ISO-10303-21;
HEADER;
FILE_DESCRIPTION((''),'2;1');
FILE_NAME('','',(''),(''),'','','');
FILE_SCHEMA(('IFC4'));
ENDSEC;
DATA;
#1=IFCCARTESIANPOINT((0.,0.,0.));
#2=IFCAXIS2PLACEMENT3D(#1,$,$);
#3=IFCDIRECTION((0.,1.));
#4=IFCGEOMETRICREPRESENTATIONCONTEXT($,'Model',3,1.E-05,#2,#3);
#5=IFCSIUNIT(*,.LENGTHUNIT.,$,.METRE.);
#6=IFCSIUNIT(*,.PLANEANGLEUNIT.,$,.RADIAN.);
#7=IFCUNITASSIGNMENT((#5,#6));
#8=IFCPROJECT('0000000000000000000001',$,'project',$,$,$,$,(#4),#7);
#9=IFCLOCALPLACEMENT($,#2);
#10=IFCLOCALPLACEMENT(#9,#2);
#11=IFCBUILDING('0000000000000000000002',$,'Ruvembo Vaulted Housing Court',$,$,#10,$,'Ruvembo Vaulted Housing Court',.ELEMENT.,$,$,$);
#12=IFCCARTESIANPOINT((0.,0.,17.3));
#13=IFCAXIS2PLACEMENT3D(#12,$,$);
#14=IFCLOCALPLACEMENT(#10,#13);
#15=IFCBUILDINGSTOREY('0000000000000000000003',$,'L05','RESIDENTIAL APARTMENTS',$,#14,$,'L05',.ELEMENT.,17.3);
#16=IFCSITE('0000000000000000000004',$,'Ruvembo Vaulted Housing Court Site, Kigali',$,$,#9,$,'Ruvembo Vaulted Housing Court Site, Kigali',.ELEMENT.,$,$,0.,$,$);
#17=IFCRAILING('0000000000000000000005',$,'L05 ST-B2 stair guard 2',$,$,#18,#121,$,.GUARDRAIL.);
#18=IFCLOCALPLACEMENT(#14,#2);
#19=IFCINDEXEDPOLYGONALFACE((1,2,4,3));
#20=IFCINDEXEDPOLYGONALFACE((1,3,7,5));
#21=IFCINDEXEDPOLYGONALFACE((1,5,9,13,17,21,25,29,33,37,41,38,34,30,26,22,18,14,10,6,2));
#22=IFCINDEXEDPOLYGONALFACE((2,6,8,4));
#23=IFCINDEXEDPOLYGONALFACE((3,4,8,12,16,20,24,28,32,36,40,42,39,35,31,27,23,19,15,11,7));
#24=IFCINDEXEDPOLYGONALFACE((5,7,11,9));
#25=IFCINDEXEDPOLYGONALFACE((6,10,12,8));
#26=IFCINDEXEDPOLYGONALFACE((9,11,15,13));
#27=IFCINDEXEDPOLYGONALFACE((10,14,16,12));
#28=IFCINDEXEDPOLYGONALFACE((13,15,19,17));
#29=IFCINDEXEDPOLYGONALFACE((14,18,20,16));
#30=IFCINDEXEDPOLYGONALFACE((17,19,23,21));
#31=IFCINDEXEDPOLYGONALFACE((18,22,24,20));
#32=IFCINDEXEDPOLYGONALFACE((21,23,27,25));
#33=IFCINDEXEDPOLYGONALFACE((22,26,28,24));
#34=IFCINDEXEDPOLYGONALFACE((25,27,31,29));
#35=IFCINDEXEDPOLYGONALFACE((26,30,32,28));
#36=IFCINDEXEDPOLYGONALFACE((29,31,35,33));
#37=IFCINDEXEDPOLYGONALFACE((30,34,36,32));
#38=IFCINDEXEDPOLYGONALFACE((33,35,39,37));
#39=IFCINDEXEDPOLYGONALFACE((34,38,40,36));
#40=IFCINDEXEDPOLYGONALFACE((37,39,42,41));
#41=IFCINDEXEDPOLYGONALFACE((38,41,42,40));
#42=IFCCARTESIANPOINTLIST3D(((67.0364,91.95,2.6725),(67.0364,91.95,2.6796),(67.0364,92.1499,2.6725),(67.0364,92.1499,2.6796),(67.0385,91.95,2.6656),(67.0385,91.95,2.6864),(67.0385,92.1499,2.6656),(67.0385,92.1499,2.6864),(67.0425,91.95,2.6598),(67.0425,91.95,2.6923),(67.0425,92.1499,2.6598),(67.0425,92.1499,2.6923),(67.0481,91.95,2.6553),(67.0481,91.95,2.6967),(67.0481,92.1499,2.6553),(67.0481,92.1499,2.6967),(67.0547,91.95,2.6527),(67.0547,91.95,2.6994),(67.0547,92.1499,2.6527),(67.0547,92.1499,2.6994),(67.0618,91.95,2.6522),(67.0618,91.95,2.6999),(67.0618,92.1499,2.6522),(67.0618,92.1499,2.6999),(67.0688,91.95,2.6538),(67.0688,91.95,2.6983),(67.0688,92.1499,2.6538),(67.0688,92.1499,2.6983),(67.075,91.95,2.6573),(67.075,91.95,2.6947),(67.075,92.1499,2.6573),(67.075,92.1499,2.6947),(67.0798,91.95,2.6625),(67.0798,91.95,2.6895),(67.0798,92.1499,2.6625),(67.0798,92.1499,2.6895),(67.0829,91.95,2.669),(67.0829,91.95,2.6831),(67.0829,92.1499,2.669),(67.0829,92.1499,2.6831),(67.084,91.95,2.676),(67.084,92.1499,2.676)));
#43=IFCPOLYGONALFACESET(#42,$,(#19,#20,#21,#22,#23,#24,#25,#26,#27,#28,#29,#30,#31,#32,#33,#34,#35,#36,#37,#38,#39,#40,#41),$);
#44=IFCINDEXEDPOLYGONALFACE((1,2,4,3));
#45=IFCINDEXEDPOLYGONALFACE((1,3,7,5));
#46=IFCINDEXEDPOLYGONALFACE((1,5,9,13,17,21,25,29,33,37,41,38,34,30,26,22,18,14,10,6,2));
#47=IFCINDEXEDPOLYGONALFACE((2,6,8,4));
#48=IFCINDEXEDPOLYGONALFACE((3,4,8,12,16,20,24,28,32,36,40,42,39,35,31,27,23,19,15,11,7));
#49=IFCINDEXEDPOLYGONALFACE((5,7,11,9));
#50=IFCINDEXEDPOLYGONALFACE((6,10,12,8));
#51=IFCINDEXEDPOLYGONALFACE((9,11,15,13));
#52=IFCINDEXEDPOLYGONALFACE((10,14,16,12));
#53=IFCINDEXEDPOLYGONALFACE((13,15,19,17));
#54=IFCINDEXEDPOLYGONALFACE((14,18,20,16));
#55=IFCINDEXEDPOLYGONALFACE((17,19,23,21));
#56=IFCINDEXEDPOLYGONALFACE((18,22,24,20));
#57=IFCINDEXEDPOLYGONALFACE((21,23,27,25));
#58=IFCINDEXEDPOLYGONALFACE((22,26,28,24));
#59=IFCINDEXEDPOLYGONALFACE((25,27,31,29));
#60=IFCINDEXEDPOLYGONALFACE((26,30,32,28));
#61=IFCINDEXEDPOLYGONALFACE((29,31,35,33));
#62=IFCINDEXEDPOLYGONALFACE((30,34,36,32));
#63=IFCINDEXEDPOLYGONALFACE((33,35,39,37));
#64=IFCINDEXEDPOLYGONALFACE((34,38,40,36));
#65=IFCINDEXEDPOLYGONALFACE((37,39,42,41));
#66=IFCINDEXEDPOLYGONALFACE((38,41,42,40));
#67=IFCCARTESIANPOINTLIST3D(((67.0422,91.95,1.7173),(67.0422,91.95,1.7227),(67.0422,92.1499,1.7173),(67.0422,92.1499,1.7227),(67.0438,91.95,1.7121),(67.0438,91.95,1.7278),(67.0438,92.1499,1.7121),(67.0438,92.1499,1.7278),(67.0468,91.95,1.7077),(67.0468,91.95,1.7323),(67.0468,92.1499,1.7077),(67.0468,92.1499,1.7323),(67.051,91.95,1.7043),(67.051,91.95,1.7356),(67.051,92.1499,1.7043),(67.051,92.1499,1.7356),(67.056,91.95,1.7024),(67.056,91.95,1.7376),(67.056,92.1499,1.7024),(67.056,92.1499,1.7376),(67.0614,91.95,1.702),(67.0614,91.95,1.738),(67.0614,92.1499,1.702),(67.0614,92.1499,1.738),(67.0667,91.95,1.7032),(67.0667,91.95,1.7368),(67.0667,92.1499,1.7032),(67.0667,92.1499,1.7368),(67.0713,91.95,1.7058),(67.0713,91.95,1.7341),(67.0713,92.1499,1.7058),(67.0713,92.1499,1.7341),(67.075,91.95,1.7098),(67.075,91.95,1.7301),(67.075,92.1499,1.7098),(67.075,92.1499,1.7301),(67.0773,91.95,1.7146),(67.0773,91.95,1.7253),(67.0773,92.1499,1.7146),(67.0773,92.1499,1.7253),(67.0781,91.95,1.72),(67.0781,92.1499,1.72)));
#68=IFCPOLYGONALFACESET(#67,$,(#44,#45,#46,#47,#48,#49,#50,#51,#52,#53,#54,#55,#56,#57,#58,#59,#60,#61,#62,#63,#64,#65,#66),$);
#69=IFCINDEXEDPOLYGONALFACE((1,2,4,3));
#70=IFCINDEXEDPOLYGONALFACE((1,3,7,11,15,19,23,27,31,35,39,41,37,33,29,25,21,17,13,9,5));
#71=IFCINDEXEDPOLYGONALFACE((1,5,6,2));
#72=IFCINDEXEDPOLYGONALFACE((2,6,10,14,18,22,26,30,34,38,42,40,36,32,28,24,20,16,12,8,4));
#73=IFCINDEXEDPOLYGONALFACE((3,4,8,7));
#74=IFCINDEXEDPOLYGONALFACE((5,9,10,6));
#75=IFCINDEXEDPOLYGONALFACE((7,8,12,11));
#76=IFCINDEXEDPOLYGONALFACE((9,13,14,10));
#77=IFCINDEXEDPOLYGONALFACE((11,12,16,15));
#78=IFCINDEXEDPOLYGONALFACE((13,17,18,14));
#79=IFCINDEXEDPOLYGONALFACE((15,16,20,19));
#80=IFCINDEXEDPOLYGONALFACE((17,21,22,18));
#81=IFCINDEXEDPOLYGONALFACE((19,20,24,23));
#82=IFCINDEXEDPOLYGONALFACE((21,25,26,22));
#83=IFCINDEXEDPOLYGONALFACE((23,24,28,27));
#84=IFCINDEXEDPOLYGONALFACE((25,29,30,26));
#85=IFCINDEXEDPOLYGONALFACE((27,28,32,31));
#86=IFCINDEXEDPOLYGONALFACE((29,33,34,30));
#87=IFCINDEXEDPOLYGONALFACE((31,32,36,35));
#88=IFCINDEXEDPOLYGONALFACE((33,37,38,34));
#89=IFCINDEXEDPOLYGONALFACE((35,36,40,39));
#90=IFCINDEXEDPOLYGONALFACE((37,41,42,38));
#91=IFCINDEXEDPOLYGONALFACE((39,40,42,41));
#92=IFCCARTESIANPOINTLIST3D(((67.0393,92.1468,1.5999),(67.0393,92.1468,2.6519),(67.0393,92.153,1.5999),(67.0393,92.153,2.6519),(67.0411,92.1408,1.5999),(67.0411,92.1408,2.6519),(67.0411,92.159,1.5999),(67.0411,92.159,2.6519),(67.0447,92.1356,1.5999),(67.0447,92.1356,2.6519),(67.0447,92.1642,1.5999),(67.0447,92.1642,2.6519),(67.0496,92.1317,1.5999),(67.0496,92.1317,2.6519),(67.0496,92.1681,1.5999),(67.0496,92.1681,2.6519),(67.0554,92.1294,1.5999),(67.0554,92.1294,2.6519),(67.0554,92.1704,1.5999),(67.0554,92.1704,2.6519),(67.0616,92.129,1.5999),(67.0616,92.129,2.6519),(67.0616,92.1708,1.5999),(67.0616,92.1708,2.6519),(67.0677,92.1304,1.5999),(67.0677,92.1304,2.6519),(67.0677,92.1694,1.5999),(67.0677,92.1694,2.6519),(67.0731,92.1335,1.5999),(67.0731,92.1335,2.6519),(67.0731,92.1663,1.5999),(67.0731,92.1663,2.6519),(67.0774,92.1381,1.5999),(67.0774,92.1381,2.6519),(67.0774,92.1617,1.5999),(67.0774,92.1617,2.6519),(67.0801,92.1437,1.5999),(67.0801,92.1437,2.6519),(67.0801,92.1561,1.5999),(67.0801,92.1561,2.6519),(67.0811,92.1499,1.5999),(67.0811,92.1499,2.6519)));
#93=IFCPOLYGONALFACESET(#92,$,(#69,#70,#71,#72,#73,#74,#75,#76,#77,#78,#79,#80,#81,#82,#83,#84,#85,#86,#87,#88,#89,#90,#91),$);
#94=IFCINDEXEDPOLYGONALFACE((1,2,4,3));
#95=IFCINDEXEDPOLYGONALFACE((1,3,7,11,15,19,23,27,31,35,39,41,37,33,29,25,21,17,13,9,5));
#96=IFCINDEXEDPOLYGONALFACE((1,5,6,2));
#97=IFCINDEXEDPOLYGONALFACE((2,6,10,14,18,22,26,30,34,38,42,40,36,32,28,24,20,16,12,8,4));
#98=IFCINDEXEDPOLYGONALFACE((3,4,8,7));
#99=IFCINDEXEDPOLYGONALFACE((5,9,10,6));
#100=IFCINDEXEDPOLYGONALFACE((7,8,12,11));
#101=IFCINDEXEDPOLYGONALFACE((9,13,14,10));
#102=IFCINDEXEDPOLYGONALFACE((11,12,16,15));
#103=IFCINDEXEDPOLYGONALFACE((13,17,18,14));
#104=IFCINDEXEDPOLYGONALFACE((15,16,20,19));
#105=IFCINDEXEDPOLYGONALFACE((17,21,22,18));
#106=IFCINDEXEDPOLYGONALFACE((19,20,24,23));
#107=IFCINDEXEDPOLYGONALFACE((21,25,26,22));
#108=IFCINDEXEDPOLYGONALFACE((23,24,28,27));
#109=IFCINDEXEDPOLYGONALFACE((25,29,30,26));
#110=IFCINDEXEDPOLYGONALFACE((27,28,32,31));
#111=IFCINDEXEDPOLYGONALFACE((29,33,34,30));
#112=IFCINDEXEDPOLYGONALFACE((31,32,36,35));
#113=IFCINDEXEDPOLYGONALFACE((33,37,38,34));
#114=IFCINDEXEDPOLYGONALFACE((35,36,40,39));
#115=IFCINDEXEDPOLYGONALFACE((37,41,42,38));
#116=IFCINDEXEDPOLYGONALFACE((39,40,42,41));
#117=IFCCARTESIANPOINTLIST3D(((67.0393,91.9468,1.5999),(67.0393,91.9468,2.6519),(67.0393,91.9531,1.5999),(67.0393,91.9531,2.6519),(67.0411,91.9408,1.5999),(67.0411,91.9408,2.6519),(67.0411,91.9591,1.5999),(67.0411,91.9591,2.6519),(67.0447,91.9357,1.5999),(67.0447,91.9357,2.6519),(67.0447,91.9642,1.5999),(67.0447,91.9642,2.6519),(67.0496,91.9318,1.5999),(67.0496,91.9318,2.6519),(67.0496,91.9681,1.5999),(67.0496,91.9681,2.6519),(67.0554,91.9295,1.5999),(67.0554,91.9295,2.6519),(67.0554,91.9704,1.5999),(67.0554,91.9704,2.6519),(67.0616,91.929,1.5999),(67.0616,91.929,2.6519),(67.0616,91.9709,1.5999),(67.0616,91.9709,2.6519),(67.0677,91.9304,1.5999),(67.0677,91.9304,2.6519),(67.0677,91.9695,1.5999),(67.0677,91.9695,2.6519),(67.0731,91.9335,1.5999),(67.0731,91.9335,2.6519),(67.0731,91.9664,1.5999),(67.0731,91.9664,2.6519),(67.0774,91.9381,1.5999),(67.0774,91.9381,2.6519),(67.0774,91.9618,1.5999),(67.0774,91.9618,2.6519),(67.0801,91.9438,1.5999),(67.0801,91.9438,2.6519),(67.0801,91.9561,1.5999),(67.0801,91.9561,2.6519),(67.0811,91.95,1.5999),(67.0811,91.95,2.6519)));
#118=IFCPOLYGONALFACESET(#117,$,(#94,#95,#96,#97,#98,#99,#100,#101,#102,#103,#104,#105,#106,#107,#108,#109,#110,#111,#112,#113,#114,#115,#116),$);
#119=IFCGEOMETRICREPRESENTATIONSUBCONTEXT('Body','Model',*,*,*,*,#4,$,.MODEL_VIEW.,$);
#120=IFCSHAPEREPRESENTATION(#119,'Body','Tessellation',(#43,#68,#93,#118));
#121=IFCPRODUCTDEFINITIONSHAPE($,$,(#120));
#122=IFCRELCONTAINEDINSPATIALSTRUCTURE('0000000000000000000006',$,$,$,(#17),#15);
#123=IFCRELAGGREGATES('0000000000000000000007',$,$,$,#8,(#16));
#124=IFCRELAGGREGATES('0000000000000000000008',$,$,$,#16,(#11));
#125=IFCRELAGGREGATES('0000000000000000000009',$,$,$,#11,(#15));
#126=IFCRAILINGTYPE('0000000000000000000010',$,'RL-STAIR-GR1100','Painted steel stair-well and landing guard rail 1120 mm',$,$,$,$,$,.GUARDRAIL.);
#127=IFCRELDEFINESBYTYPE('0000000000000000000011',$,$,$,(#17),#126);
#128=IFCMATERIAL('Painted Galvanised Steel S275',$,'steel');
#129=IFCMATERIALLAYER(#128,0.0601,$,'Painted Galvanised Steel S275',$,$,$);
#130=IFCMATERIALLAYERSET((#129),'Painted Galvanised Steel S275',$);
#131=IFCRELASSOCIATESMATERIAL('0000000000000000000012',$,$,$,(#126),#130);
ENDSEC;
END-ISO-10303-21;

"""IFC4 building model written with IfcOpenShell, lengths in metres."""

from ifc_helpers import new_model, si_unit, direction, frame, origin, origin_2d, place, context, subcontext, project, spatial, circle, extrude, material, layer, layer_set, type_object, element, save


model = new_model("IFC4")

# Units and contexts
model_context = context("Model", 3, precision=1e-05, world=origin(), true_north=direction((0.0, 1.0)))
body_context = subcontext(model_context, "Body", "Model", "MODEL_VIEW")
ifc_project = project(units=[si_unit("LENGTHUNIT", "METRE"), si_unit("PLANEANGLEUNIT", "RADIAN")], contexts=[model_context])

# Site, building, storey
site_placement = place(None, origin())
site = spatial("IfcSite", under=ifc_project, at=site_placement, Name="Ruvembo Vaulted Housing Court Site, Kigali", LongName="Ruvembo Vaulted Housing Court Site, Kigali", CompositionType="ELEMENT", RefElevation=0.0)
building_placement = place(site_placement, origin())
building = spatial("IfcBuilding", under=site, at=building_placement, Name="Ruvembo Vaulted Housing Court", LongName="Ruvembo Vaulted Housing Court", CompositionType="ELEMENT")
storey_placement = place(building_placement, frame((0.0, 0.0, 17.3)))
storey = spatial("IfcBuildingStorey", under=building, at=storey_placement, Name="L05", Description="RESIDENTIAL APARTMENTS", LongName="L05", CompositionType="ELEMENT", Elevation=17.3)

# Railing
ifc_material_1 = material(Name="Painted Galvanised Steel S275", Category="steel")
ifc_layer_1 = layer(ifc_material_1, 0.0601, Name="Painted Galvanised Steel S275")
ifc_layer_set_1 = layer_set([ifc_layer_1], Name="Painted Galvanised Steel S275")
railing_type_1 = type_object("IfcRailingType", Name="RL-STAIR-GR1100", Description="Painted steel stair-well and landing guard rail 1120 mm", PredefinedType="GUARDRAIL", material=ifc_layer_set_1)
railing_1_placement = place(storey_placement, frame((67.0601, 92.1499, 1.5999)))
element("IfcRailing", 1, at=railing_1_placement, inside=storey, type_object=railing_type_1, Name="L05 ST-B2 stair guard 2", PredefinedType="GUARDRAIL", context=body_context, shape_type="SweptSolid", body=[
    extrude(circle(Radius=0.0239, at=origin_2d()), frame((0.0, 0.0, 1.0762), z_axis=(0.0, -1.0, 0.0), x_axis=(1.0, 0.0, 0.0)), (0.0, 0.0, 1.0), 0.2),
    extrude(circle(Radius=0.0181, at=origin_2d()), frame((0.0, 0.0, 0.1201), z_axis=(0.0, -1.0, 0.0), x_axis=(1.0, 0.0, 0.0)), (0.0, 0.0, 1.0), 0.2),
    extrude(circle(Radius=0.021, at=origin_2d()), origin(), (0.0, 0.0, 1.0), 1.052),
    extrude(circle(Radius=0.021, at=origin_2d()), frame((0.0, -0.2, 0.0)), (0.0, 0.0, 1.0), 1.052),
])

save(model, "model.ifc")
